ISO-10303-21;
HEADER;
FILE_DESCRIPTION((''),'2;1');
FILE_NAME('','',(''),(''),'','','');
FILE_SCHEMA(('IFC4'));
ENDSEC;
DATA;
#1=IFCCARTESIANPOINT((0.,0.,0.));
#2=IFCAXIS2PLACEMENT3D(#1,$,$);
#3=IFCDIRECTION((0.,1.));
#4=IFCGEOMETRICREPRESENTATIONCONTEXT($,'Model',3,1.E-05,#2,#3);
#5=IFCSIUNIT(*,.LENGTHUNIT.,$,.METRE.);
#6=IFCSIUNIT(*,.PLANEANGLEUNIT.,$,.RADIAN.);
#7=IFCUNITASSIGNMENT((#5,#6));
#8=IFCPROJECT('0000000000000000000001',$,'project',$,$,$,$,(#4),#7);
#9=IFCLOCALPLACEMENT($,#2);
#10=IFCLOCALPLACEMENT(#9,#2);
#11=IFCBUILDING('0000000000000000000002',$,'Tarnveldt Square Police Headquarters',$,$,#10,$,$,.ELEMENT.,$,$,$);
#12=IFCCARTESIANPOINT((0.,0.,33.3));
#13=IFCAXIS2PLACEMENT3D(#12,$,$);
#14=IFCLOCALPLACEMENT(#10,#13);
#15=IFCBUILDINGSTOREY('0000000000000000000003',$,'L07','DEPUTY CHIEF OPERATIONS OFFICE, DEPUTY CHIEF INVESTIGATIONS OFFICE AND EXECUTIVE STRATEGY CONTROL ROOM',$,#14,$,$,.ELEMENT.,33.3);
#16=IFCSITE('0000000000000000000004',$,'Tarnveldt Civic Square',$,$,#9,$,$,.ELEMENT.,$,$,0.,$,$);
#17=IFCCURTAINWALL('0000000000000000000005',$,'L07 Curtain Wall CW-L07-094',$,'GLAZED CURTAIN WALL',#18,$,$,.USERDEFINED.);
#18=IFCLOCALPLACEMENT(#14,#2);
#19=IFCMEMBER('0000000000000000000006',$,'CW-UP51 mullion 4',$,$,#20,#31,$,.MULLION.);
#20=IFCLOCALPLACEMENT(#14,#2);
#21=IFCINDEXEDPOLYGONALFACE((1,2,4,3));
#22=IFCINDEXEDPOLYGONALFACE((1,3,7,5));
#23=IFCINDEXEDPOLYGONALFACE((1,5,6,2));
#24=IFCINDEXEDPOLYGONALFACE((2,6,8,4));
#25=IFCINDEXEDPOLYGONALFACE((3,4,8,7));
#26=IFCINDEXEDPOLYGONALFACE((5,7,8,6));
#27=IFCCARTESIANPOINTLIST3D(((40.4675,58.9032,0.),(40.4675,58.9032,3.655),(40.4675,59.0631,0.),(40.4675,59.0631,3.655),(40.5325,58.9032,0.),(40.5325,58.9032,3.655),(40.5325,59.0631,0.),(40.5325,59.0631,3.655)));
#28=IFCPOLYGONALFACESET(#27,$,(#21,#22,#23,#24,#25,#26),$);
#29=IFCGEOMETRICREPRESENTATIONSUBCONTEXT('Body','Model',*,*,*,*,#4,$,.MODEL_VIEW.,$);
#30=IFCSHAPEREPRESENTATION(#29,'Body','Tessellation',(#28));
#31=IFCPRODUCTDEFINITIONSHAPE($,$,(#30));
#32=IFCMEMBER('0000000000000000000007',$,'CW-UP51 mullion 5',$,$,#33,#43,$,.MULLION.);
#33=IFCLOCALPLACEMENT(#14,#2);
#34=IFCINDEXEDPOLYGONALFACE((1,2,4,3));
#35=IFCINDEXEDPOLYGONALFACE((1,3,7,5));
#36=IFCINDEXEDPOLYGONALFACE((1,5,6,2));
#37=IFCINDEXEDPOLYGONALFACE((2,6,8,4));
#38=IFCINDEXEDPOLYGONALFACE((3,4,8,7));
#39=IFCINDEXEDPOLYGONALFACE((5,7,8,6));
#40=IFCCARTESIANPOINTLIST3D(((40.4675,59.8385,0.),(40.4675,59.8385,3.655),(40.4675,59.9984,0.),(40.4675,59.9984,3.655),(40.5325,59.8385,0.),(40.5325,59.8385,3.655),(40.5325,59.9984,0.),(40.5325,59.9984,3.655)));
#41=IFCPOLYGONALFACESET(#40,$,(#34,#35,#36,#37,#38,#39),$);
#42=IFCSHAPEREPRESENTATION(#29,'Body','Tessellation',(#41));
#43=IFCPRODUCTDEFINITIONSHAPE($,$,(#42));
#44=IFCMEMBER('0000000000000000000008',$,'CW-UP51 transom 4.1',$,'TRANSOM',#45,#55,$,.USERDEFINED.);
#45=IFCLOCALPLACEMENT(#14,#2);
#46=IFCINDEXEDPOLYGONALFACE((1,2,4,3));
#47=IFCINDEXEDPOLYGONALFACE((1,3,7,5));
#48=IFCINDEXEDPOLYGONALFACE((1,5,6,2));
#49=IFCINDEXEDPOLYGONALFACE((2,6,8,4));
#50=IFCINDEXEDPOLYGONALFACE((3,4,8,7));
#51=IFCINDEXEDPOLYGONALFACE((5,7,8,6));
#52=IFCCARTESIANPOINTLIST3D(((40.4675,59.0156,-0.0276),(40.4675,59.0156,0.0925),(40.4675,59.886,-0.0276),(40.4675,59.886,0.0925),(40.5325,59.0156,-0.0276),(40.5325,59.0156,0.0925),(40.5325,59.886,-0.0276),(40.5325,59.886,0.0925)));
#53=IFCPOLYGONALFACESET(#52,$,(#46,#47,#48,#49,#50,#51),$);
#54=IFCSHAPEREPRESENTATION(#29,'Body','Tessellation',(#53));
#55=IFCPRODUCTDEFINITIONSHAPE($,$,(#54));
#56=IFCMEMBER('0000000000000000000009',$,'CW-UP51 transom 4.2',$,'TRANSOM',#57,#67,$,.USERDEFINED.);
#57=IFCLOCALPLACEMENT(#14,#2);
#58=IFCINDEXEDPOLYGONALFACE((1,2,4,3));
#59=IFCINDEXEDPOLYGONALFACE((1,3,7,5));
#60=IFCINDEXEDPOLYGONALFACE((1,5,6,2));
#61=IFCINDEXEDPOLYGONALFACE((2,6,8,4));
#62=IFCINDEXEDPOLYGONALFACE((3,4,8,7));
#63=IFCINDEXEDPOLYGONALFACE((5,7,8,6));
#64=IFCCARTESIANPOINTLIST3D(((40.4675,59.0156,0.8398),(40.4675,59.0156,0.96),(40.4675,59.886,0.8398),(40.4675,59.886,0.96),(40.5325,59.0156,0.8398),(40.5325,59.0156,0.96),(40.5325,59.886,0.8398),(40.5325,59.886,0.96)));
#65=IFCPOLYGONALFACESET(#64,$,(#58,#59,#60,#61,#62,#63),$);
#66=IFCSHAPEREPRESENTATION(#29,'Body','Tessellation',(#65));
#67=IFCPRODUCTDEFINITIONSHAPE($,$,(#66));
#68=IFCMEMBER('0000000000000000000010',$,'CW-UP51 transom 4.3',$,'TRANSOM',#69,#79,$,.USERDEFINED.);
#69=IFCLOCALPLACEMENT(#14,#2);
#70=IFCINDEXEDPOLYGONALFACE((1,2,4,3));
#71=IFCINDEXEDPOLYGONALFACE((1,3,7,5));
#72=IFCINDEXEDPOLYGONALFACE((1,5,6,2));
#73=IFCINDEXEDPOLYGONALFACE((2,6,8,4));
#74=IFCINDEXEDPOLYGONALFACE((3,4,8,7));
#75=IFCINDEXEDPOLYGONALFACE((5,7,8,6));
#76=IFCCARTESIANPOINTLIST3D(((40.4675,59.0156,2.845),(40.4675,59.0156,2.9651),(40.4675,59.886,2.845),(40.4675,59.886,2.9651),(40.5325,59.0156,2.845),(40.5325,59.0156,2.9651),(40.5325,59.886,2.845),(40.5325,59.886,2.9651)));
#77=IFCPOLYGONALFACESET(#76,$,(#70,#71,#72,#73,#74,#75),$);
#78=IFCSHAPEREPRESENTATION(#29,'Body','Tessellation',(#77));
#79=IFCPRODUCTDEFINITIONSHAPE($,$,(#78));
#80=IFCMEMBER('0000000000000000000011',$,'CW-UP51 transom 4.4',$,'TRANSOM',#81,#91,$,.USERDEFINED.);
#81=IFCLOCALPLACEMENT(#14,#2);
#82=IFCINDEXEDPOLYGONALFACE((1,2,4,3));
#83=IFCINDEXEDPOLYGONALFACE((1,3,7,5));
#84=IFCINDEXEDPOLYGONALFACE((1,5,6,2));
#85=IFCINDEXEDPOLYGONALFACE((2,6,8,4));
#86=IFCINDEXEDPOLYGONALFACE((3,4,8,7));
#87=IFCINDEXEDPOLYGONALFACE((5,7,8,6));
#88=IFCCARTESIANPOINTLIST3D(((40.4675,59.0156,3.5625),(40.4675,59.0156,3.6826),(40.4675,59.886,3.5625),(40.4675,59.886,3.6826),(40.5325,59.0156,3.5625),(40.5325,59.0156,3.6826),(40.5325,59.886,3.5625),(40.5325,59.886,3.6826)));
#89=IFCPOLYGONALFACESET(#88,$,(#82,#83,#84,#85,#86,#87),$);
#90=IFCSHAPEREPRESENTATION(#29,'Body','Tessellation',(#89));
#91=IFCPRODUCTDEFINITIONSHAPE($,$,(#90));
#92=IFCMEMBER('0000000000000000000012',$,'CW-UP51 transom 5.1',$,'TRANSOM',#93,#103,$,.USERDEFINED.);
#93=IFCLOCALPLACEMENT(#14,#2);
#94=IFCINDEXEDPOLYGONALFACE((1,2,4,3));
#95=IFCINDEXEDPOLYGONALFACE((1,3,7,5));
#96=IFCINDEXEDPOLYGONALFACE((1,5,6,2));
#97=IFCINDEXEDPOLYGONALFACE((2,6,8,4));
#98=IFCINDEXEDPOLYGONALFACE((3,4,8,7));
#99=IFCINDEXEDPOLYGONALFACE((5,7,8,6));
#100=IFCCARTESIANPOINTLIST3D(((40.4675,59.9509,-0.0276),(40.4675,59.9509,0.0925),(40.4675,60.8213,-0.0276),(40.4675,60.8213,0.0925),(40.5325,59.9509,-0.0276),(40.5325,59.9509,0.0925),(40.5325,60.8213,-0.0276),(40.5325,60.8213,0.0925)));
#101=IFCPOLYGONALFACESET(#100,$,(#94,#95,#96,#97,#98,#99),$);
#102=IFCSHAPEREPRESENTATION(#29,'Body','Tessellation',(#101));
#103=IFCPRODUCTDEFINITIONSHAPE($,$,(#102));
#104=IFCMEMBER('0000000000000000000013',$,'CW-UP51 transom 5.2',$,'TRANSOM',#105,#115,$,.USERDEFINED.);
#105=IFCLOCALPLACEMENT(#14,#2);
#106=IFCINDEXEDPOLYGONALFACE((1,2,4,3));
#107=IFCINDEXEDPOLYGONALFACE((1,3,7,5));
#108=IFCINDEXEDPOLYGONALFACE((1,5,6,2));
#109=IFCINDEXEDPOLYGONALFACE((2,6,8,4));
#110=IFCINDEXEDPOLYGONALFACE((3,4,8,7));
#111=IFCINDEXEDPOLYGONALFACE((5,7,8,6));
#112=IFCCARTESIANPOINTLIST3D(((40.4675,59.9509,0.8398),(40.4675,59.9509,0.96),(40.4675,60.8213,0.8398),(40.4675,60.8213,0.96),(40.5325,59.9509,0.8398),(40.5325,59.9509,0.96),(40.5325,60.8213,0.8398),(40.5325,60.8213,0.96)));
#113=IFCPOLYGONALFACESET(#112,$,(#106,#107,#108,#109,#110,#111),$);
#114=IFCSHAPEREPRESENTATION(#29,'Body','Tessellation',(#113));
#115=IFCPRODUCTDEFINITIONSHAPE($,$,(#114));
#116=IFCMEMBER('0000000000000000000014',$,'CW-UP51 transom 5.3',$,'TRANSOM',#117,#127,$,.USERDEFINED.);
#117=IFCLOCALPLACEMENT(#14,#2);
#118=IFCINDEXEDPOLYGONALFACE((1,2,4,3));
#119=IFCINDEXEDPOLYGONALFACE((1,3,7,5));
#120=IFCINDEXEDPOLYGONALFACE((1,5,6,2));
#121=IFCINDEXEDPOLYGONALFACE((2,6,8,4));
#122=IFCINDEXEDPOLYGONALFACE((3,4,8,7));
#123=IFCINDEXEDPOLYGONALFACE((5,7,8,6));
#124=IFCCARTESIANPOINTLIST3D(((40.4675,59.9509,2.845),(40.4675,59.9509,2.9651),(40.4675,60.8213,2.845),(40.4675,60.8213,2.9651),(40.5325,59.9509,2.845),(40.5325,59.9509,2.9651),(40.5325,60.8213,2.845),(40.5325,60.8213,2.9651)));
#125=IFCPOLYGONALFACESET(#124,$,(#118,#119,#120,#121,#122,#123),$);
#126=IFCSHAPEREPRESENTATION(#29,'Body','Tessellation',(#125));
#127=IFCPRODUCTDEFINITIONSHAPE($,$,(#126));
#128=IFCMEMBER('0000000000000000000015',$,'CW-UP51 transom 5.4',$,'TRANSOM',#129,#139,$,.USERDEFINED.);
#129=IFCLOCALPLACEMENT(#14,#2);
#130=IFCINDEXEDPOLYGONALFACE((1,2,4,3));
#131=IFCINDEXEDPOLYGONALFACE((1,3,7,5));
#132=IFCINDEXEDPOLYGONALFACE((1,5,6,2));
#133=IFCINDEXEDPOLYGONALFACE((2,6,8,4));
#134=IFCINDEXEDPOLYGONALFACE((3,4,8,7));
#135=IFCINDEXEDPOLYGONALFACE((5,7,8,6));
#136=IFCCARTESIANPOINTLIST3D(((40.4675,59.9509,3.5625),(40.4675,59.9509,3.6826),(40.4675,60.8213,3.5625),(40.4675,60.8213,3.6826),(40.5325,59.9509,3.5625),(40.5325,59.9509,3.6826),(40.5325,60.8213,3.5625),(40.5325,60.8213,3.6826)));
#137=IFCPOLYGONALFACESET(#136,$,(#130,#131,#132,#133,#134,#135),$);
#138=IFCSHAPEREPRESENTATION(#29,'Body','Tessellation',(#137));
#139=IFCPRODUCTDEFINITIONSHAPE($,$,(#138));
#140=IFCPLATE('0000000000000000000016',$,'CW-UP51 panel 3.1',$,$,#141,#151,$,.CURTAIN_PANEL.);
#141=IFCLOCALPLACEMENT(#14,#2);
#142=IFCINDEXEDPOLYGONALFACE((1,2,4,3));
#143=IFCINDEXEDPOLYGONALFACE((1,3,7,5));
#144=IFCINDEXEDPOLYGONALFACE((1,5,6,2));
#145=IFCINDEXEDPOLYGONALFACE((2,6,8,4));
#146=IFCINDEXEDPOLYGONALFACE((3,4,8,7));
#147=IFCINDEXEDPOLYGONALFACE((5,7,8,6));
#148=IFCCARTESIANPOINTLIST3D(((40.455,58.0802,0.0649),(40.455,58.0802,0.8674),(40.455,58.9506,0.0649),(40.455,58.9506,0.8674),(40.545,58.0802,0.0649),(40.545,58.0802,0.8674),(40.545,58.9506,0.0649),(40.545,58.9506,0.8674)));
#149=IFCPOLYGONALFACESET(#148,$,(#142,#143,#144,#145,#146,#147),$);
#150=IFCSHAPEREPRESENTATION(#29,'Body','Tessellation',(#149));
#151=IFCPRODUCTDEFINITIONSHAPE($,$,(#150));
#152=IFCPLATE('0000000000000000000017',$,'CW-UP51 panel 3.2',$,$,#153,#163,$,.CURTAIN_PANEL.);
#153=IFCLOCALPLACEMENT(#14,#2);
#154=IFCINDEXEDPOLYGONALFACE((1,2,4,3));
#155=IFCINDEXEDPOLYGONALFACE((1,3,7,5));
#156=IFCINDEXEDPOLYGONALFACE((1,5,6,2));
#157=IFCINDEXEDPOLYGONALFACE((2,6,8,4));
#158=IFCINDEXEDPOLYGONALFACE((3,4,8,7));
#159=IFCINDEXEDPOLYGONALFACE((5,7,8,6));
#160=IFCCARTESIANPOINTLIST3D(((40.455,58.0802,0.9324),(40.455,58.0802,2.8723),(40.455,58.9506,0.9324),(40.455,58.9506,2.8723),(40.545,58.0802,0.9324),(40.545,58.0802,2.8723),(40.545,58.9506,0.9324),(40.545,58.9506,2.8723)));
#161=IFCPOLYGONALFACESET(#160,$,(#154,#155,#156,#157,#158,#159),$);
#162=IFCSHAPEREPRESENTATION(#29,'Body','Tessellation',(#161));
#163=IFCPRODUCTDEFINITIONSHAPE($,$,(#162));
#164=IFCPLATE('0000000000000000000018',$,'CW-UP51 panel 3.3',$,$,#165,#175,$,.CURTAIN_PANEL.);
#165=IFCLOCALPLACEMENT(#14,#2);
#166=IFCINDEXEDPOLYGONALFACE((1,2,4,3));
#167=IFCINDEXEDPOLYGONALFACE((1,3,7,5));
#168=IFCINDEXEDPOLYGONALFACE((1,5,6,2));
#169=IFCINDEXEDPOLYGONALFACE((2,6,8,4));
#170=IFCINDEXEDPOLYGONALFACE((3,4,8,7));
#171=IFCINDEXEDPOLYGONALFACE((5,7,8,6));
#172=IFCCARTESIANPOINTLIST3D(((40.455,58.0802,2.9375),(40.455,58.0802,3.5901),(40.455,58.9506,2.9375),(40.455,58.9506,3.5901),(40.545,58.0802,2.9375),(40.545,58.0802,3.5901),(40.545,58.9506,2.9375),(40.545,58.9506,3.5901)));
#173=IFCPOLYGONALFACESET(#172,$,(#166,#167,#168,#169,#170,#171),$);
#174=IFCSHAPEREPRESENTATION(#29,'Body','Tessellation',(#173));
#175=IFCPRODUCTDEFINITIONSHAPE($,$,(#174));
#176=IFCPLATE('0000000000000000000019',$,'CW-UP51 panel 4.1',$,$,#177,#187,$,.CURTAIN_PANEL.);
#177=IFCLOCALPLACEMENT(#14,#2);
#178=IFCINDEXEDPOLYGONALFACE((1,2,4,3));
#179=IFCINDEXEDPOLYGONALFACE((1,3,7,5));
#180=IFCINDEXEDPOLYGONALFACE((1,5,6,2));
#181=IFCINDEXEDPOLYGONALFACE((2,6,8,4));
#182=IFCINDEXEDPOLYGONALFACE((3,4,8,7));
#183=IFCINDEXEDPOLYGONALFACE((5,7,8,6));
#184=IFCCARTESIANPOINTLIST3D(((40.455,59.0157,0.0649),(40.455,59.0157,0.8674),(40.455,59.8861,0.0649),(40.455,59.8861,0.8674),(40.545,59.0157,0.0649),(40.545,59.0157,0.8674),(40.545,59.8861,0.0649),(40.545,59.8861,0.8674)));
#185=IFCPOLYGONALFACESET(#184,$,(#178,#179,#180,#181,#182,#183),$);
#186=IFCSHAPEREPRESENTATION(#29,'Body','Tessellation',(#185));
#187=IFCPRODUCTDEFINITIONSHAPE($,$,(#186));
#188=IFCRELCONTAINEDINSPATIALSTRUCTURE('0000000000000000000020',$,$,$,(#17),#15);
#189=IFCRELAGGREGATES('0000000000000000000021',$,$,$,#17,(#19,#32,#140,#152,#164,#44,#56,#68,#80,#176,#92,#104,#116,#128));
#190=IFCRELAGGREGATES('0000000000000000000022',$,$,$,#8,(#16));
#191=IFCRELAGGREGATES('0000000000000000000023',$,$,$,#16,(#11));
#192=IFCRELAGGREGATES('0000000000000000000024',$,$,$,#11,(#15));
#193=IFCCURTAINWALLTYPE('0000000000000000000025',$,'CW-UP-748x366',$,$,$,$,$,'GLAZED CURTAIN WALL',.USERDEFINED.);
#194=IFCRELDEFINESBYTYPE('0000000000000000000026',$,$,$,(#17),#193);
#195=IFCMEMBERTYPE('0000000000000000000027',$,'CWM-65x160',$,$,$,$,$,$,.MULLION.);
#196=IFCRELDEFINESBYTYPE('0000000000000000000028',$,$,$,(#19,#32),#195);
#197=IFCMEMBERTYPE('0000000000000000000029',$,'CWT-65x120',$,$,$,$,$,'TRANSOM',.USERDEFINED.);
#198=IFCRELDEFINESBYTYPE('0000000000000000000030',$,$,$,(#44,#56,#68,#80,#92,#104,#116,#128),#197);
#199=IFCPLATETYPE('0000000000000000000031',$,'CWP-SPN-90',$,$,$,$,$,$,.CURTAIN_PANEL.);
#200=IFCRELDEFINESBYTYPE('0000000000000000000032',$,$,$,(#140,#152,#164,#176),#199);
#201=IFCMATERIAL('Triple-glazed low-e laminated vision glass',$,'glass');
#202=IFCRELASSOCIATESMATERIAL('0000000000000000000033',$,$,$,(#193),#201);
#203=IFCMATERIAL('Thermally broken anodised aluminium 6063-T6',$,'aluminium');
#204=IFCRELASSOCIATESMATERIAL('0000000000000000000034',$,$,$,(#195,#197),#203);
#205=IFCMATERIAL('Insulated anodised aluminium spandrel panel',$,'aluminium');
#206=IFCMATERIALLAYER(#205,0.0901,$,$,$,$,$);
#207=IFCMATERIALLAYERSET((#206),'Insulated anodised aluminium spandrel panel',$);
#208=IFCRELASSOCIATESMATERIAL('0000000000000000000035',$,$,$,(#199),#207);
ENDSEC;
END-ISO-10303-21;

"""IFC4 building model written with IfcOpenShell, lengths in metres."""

from ifc_helpers import new_model, si_unit, direction, frame, origin, origin_2d, place, context, subcontext, project, spatial, rectangle, extrude, material, layer, layer_set, material_profile, profile_set, type_object, element, aggregate, save


model = new_model("IFC4")

# Units and contexts
model_context = context("Model", 3, precision=1e-05, world=origin(), true_north=direction((0.0, 1.0)))
body_context = subcontext(model_context, "Body", "Model", "MODEL_VIEW")
ifc_project = project(units=[si_unit("LENGTHUNIT", "METRE"), si_unit("PLANEANGLEUNIT", "RADIAN")], contexts=[model_context])

# Site, building, storey
site_placement = place(None, origin())
site = spatial("IfcSite", under=ifc_project, at=site_placement, Name="Tarnveldt Civic Square", CompositionType="ELEMENT", RefElevation=0.0)
building_placement = place(site_placement, origin())
building = spatial("IfcBuilding", under=site, at=building_placement, Name="Tarnveldt Square Police Headquarters", CompositionType="ELEMENT")
storey_placement = place(building_placement, frame((0.0, 0.0, 33.3)))
storey = spatial("IfcBuildingStorey", under=building, at=storey_placement, Name="L07", Description="DEPUTY CHIEF OPERATIONS OFFICE, DEPUTY CHIEF INVESTIGATIONS OFFICE AND EXECUTIVE STRATEGY CONTROL ROOM", CompositionType="ELEMENT", Elevation=33.3)

# Curtain wall, members, plates
ifc_material_1 = material(Name="Triple-glazed low-e laminated vision glass", Category="glass")
curtain_wall_type = type_object("IfcCurtainWallType", Name="CW-UP-748x366", ElementType="GLAZED CURTAIN WALL", PredefinedType="USERDEFINED", material=ifc_material_1)
curtain_wall_placement = place(storey_placement, origin())
curtain_wall = element("IfcCurtainWall", 1, at=curtain_wall_placement, inside=storey, type_object=curtain_wall_type, Name="L07 Curtain Wall CW-L07-094", ObjectType="GLAZED CURTAIN WALL", PredefinedType="USERDEFINED")
ifc_material_2 = material(Name="Thermally broken anodised aluminium 6063-T6", Category="aluminium")
ifc_material_profile_1 = material_profile(ifc_material_2, rectangle(XDim=0.0649, YDim=0.1599, at=origin_2d()), Name="CW-M65x160")
ifc_profile_set_1 = profile_set([ifc_material_profile_1], Name="Thermally broken anodised aluminium 6063-T6")
member_type_1 = type_object("IfcMemberType", Name="CWM-65x160", PredefinedType="MULLION", material=ifc_profile_set_1)
member_1_placement = place(storey_placement, frame((40.5, 58.9832, 0.0), z_axis=(0.0, 0.0, 1.0), x_axis=(-1.0, 0.0, 0.0)))
member_1 = element("IfcMember", 2, at=member_1_placement, type_object=member_type_1, Name="CW-UP51 mullion 4", PredefinedType="MULLION", context=body_context, shape_type="SweptSolid", body=[
    extrude(rectangle(XDim=0.0649, YDim=0.1599, at=origin_2d()), origin(), (0.0, 0.0, 1.0), 3.655),
])
member_2_placement = place(storey_placement, frame((40.5, 59.9185, 0.0), z_axis=(0.0, 0.0, 1.0), x_axis=(-1.0, 0.0, 0.0)))
member_2 = element("IfcMember", 3, at=member_2_placement, type_object=member_type_1, Name="CW-UP51 mullion 5", PredefinedType="MULLION", context=body_context, shape_type="SweptSolid", body=[
    extrude(rectangle(XDim=0.0649, YDim=0.1599, at=origin_2d()), origin(), (0.0, 0.0, 1.0), 3.655),
])
ifc_material_profile_2 = material_profile(ifc_material_2, rectangle(XDim=0.0649, YDim=0.1201, at=origin_2d()), Name="CW-T65x120")
ifc_profile_set_2 = profile_set([ifc_material_profile_2], Name="Thermally broken anodised aluminium 6063-T6")
member_type_2 = type_object("IfcMemberType", Name="CWT-65x120", ElementType="TRANSOM", PredefinedType="USERDEFINED", material=ifc_profile_set_2)
member_3_placement = place(storey_placement, frame((40.5, 59.0156, 0.0325), z_axis=(0.0, 1.0, 0.0), x_axis=(-1.0, 0.0, 0.0)))
member_3 = element("IfcMember", 4, at=member_3_placement, type_object=member_type_2, Name="CW-UP51 transom 4.1", ObjectType="TRANSOM", PredefinedType="USERDEFINED", context=body_context, shape_type="SweptSolid", body=[
    extrude(rectangle(XDim=0.0649, YDim=0.1201, at=origin_2d()), origin(), (0.0, 0.0, 1.0), 0.8704),
])
member_4_placement = place(storey_placement, frame((40.5, 59.0156, 0.8999), z_axis=(0.0, 1.0, 0.0), x_axis=(-1.0, 0.0, 0.0)))
member_4 = element("IfcMember", 5, at=member_4_placement, type_object=member_type_2, Name="CW-UP51 transom 4.2", ObjectType="TRANSOM", PredefinedType="USERDEFINED", context=body_context, shape_type="SweptSolid", body=[
    extrude(rectangle(XDim=0.0649, YDim=0.1201, at=origin_2d()), origin(), (0.0, 0.0, 1.0), 0.8704),
])
member_5_placement = place(storey_placement, frame((40.5, 59.0156, 2.905), z_axis=(0.0, 1.0, 0.0), x_axis=(-1.0, 0.0, 0.0)))
member_5 = element("IfcMember", 6, at=member_5_placement, type_object=member_type_2, Name="CW-UP51 transom 4.3", ObjectType="TRANSOM", PredefinedType="USERDEFINED", context=body_context, shape_type="SweptSolid", body=[
    extrude(rectangle(XDim=0.0649, YDim=0.1201, at=origin_2d()), origin(), (0.0, 0.0, 1.0), 0.8704),
])
member_6_placement = place(storey_placement, frame((40.5, 59.0156, 3.6226), z_axis=(0.0, 1.0, 0.0), x_axis=(-1.0, 0.0, 0.0)))
member_6 = element("IfcMember", 7, at=member_6_placement, type_object=member_type_2, Name="CW-UP51 transom 4.4", ObjectType="TRANSOM", PredefinedType="USERDEFINED", context=body_context, shape_type="SweptSolid", body=[
    extrude(rectangle(XDim=0.0649, YDim=0.1201, at=origin_2d()), origin(), (0.0, 0.0, 1.0), 0.8704),
])
member_7_placement = place(storey_placement, frame((40.5, 59.9509, 0.0325), z_axis=(0.0, 1.0, 0.0), x_axis=(-1.0, 0.0, 0.0)))
member_7 = element("IfcMember", 8, at=member_7_placement, type_object=member_type_2, Name="CW-UP51 transom 5.1", ObjectType="TRANSOM", PredefinedType="USERDEFINED", context=body_context, shape_type="SweptSolid", body=[
    extrude(rectangle(XDim=0.0649, YDim=0.1201, at=origin_2d()), origin(), (0.0, 0.0, 1.0), 0.8704),
])
member_8_placement = place(storey_placement, frame((40.5, 59.9509, 0.8999), z_axis=(0.0, 1.0, 0.0), x_axis=(-1.0, 0.0, 0.0)))
member_8 = element("IfcMember", 9, at=member_8_placement, type_object=member_type_2, Name="CW-UP51 transom 5.2", ObjectType="TRANSOM", PredefinedType="USERDEFINED", context=body_context, shape_type="SweptSolid", body=[
    extrude(rectangle(XDim=0.0649, YDim=0.1201, at=origin_2d()), origin(), (0.0, 0.0, 1.0), 0.8704),
])
member_9_placement = place(storey_placement, frame((40.5, 59.9509, 2.905), z_axis=(0.0, 1.0, 0.0), x_axis=(-1.0, 0.0, 0.0)))
member_9 = element("IfcMember", 10, at=member_9_placement, type_object=member_type_2, Name="CW-UP51 transom 5.3", ObjectType="TRANSOM", PredefinedType="USERDEFINED", context=body_context, shape_type="SweptSolid", body=[
    extrude(rectangle(XDim=0.0649, YDim=0.1201, at=origin_2d()), origin(), (0.0, 0.0, 1.0), 0.8704),
])
member_10_placement = place(storey_placement, frame((40.5, 59.9509, 3.6226), z_axis=(0.0, 1.0, 0.0), x_axis=(-1.0, 0.0, 0.0)))
member_10 = element("IfcMember", 11, at=member_10_placement, type_object=member_type_2, Name="CW-UP51 transom 5.4", ObjectType="TRANSOM", PredefinedType="USERDEFINED", context=body_context, shape_type="SweptSolid", body=[
    extrude(rectangle(XDim=0.0649, YDim=0.1201, at=origin_2d()), origin(), (0.0, 0.0, 1.0), 0.8704),
])
ifc_material_3 = material(Name="Insulated anodised aluminium spandrel panel", Category="aluminium")
ifc_layer = layer(ifc_material_3, 0.0901)
ifc_layer_set = layer_set([ifc_layer], Name="Insulated anodised aluminium spandrel panel")
plate_type = type_object("IfcPlateType", Name="CWP-SPN-90", PredefinedType="CURTAIN_PANEL", material=ifc_layer_set)
plate_1_placement = place(storey_placement, frame((40.5, 58.5154, 0.0649), z_axis=(0.0, 0.0, 1.0), x_axis=(0.0, 1.0, 0.0)))
plate_1 = element("IfcPlate", 12, at=plate_1_placement, type_object=plate_type, Name="CW-UP51 panel 3.1", PredefinedType="CURTAIN_PANEL", context=body_context, shape_type="SweptSolid", body=[
    extrude(rectangle(XDim=0.8704, YDim=0.0901, at=origin_2d()), origin(), (0.0, 0.0, 1.0), 0.8025),
])
plate_2_placement = place(storey_placement, frame((40.5, 58.5154, 0.9324), z_axis=(0.0, 0.0, 1.0), x_axis=(0.0, 1.0, 0.0)))
plate_2 = element("IfcPlate", 13, at=plate_2_placement, type_object=plate_type, Name="CW-UP51 panel 3.2", PredefinedType="CURTAIN_PANEL", context=body_context, shape_type="SweptSolid", body=[
    extrude(rectangle(XDim=0.8704, YDim=0.0901, at=origin_2d()), origin(), (0.0, 0.0, 1.0), 1.9399),
])
plate_3_placement = place(storey_placement, frame((40.5, 58.5154, 2.9375), z_axis=(0.0, 0.0, 1.0), x_axis=(0.0, 1.0, 0.0)))
plate_3 = element("IfcPlate", 14, at=plate_3_placement, type_object=plate_type, Name="CW-UP51 panel 3.3", PredefinedType="CURTAIN_PANEL", context=body_context, shape_type="SweptSolid", body=[
    extrude(rectangle(XDim=0.8704, YDim=0.0901, at=origin_2d()), origin(), (0.0, 0.0, 1.0), 0.6526),
])
plate_4_placement = place(storey_placement, frame((40.5, 59.4509, 0.0649), z_axis=(0.0, 0.0, 1.0), x_axis=(0.0, 1.0, 0.0)))
plate_4 = element("IfcPlate", 15, at=plate_4_placement, type_object=plate_type, Name="CW-UP51 panel 4.1", PredefinedType="CURTAIN_PANEL", context=body_context, shape_type="SweptSolid", body=[
    extrude(rectangle(XDim=0.8704, YDim=0.0901, at=origin_2d()), origin(), (0.0, 0.0, 1.0), 0.8025),
])
aggregate(curtain_wall, [member_1, member_2, plate_1, plate_2, plate_3, member_3, member_4, member_5, member_6, plate_4, member_7, member_8, member_9, member_10])

save(model, "model.ifc")
